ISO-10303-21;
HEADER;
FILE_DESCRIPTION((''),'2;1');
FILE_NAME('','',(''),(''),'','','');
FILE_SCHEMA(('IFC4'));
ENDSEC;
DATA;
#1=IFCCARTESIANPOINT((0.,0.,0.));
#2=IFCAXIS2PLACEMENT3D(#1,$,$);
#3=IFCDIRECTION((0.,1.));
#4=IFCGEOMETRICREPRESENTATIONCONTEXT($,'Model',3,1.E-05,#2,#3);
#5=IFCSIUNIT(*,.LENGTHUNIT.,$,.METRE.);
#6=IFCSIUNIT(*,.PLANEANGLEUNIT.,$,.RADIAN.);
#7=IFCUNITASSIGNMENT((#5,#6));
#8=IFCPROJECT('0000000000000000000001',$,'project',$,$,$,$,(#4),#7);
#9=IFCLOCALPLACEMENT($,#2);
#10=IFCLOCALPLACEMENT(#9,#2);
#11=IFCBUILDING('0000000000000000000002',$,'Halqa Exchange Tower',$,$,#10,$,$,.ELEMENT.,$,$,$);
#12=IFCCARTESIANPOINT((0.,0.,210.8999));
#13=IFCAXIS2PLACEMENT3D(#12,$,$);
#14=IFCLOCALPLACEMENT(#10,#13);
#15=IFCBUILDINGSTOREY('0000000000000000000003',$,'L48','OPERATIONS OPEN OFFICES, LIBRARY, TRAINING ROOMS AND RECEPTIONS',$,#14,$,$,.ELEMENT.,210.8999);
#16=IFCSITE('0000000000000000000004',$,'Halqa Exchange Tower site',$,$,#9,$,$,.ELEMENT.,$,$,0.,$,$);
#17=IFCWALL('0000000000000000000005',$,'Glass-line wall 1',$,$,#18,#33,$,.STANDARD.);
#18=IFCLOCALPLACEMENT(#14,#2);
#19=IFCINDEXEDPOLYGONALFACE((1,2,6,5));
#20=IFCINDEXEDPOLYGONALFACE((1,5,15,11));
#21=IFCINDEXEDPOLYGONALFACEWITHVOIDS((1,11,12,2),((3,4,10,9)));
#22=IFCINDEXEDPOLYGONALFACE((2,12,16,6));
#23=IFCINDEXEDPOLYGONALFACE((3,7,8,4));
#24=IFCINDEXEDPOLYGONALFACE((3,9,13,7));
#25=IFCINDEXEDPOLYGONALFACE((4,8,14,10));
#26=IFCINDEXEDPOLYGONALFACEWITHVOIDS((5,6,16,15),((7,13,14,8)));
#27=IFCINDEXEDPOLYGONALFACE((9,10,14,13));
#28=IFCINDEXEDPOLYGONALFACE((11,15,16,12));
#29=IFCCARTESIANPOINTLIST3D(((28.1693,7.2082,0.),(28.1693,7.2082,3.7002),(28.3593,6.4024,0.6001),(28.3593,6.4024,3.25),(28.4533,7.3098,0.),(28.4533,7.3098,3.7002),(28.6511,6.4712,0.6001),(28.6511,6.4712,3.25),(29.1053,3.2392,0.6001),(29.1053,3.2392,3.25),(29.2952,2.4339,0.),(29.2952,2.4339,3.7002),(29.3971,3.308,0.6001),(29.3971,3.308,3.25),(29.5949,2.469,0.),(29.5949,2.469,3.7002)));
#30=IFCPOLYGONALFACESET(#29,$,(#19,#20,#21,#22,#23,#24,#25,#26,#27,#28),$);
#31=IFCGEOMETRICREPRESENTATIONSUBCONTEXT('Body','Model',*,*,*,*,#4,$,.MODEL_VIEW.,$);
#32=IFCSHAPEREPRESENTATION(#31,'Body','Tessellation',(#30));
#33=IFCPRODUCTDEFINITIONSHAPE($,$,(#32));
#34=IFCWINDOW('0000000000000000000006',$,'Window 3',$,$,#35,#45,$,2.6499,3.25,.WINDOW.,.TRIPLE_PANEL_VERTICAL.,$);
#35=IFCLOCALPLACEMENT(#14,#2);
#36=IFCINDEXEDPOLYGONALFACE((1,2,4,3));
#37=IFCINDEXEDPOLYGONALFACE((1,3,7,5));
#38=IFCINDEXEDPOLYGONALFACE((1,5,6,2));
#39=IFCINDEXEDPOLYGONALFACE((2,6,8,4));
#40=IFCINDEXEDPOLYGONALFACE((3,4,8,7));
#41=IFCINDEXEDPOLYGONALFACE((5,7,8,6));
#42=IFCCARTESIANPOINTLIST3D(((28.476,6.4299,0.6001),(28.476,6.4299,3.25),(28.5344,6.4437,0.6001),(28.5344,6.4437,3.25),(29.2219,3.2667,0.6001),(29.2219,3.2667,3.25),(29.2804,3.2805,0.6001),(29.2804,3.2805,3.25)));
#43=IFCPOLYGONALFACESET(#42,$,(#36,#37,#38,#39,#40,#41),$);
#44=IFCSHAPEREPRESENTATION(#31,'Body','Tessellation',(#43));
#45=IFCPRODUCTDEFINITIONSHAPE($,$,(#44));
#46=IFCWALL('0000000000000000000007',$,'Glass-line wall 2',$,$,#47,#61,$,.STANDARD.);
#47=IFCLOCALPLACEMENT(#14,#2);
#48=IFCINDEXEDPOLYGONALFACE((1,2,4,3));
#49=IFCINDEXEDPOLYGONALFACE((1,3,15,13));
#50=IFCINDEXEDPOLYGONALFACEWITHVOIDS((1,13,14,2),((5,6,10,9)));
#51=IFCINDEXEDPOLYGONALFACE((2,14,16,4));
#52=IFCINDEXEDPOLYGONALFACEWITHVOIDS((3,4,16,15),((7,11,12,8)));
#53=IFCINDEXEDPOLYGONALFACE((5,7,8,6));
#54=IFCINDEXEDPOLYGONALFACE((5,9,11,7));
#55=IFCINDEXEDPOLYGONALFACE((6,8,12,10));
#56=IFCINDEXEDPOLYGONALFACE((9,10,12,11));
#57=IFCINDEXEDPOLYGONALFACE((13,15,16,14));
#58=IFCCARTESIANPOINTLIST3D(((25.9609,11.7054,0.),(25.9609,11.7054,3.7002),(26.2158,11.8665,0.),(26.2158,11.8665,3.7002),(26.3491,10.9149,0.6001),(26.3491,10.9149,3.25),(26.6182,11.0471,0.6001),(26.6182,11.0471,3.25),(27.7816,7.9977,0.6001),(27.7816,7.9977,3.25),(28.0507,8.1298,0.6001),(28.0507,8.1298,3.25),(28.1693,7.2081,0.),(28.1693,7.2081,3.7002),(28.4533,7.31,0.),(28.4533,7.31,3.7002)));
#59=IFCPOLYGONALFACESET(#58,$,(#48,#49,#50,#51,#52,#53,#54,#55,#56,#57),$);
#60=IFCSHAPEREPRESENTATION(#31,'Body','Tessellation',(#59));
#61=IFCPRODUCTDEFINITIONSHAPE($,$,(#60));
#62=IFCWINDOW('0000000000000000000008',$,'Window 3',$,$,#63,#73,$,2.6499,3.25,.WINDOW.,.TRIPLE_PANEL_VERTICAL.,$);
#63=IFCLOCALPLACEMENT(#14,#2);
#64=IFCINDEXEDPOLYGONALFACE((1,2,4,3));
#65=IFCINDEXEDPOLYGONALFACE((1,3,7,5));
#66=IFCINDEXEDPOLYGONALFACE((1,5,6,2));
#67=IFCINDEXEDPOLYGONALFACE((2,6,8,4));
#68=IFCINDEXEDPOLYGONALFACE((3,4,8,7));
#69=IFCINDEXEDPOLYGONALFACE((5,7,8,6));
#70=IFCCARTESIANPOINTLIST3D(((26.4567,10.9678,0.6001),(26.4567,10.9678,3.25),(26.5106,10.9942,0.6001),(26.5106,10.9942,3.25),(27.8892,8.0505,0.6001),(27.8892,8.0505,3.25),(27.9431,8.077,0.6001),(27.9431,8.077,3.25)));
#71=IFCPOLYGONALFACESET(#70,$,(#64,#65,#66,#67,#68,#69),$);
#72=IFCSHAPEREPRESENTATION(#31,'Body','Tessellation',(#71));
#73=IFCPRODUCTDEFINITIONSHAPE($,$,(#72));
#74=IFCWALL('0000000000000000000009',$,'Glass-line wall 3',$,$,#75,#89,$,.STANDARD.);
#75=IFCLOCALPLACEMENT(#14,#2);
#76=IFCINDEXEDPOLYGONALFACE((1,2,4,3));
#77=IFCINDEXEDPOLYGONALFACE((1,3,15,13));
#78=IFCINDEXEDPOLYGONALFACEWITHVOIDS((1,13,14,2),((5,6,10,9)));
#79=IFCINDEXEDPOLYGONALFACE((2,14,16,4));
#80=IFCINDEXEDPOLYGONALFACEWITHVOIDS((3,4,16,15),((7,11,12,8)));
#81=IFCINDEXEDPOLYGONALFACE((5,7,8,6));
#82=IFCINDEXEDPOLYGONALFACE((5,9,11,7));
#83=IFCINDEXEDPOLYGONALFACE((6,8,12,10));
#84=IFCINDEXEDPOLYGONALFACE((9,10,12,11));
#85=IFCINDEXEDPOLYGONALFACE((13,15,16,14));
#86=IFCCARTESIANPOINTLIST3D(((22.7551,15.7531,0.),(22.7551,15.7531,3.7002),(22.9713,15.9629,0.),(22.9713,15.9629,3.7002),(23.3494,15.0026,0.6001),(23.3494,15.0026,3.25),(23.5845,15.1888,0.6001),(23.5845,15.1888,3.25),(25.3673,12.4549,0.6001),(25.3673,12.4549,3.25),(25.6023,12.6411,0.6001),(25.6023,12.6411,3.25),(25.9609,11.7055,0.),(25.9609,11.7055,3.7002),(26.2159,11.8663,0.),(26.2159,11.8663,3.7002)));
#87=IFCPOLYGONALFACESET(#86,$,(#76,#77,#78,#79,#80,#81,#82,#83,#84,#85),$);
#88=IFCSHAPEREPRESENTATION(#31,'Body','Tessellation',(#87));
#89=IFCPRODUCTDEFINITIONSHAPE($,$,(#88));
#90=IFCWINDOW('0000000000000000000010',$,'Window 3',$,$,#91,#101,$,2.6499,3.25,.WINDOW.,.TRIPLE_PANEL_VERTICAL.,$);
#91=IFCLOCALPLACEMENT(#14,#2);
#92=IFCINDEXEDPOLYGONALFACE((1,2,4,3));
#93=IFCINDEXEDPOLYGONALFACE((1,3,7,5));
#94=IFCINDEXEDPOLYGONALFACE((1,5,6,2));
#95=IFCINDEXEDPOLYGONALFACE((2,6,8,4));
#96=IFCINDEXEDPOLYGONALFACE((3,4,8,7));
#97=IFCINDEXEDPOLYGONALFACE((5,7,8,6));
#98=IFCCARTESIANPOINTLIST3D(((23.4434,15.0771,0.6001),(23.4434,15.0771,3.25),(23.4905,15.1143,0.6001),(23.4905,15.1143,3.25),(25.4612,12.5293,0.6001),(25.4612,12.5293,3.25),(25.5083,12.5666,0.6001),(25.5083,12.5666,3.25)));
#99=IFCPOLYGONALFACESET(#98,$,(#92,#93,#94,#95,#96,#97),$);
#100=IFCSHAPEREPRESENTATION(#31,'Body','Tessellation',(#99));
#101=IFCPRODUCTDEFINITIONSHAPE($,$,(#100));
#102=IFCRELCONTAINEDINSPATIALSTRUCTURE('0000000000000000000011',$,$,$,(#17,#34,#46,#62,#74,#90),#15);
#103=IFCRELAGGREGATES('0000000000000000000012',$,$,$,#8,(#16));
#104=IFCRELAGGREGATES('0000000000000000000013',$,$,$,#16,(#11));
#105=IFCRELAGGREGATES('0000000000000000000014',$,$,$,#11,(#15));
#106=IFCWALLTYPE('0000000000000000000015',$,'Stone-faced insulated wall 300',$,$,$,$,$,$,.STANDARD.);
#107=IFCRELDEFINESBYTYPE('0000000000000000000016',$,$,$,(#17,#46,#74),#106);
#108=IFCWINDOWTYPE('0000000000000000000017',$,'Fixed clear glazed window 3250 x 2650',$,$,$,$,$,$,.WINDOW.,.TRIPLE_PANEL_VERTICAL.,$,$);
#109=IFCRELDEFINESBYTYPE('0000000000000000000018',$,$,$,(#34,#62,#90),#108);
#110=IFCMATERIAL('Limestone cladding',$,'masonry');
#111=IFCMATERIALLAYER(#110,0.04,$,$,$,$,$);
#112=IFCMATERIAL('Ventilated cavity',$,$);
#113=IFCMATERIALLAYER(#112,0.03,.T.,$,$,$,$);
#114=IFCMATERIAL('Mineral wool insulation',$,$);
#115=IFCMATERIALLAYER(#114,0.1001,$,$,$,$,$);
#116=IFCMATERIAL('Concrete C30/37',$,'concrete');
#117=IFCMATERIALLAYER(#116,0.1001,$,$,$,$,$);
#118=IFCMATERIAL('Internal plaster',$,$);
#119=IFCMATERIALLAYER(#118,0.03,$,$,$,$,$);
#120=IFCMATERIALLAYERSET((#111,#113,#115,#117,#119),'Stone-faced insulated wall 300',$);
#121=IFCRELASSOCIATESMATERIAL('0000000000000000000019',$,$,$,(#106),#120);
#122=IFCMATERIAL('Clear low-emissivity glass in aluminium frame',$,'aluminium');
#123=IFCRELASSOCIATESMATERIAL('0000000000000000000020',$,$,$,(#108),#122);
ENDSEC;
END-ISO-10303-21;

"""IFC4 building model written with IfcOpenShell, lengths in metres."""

from ifc_helpers import new_model, si_unit, direction, frame, frame_2d, origin, place, context, subcontext, project, spatial, polyline, rectangle, outline, extrude, material, layer, layer_set, type_object, element, fill, save


model = new_model("IFC4")

# Units and contexts
model_context = context("Model", 3, precision=1e-05, world=origin(), true_north=direction((0.0, 1.0)))
body_context = subcontext(model_context, "Body", "Model", "MODEL_VIEW")
ifc_project = project(units=[si_unit("LENGTHUNIT", "METRE"), si_unit("PLANEANGLEUNIT", "RADIAN")], contexts=[model_context])

# Site, building, storey
site_placement = place(None, origin())
site = spatial("IfcSite", under=ifc_project, at=site_placement, Name="Halqa Exchange Tower site", CompositionType="ELEMENT", RefElevation=0.0)
building_placement = place(site_placement, origin())
building = spatial("IfcBuilding", under=site, at=building_placement, Name="Halqa Exchange Tower", CompositionType="ELEMENT")
storey_placement = place(building_placement, frame((0.0, 0.0, 210.8999)))
storey = spatial("IfcBuildingStorey", under=building, at=storey_placement, Name="L48", Description="OPERATIONS OPEN OFFICES, LIBRARY, TRAINING ROOMS AND RECEPTIONS", CompositionType="ELEMENT", Elevation=210.8999)

# Walls, openings, windows
ifc_material_1 = material(Name="Limestone cladding", Category="masonry")
ifc_layer_1 = layer(ifc_material_1, 0.04)
ifc_material_2 = material(Name="Ventilated cavity")
ifc_layer_2 = layer(ifc_material_2, 0.03, ventilated=True)
ifc_material_3 = material(Name="Mineral wool insulation")
ifc_layer_3 = layer(ifc_material_3, 0.1001)
ifc_material_4 = material(Name="Concrete C30/37", Category="concrete")
ifc_layer_4 = layer(ifc_material_4, 0.1001)
ifc_material_5 = material(Name="Internal plaster")
ifc_layer_5 = layer(ifc_material_5, 0.03)
ifc_layer_set_1 = layer_set([ifc_layer_1, ifc_layer_2, ifc_layer_3, ifc_layer_4, ifc_layer_5], Name="Stone-faced insulated wall 300")
wall_type_1 = type_object("IfcWallType", Name="Stone-faced insulated wall 300", PredefinedType="STANDARD", material=ifc_layer_set_1)
wall_1_placement = place(storey_placement, frame((29.4451, 2.4514, 0.0), z_axis=(0.0, 0.0, 1.0), x_axis=(-0.229535, 0.9733, 0.0)))
wall_1 = element("IfcWall", 1, at=wall_1_placement, inside=storey, type_object=wall_type_1, Name="Glass-line wall 1", PredefinedType="STANDARD", context=body_context, shape_type="SweptSolid", body=[
    extrude(outline(polyline([(-0.0173, -0.1499), (4.9563, -0.1499), (4.9226, 0.1499), (0.0173, 0.1499), (-0.0173, -0.1499)])), origin(), (0.0, 0.0, 1.0), 3.7002),
])
opening_1_placement = place(wall_1_placement, frame((0.8447, 0.0, 0.6001)))
opening_1 = element("IfcOpeningElement", 2, at=opening_1_placement, cuts=wall_1, PredefinedType="OPENING", context=body_context, shape_type="SweptSolid", body=[
    extrude(rectangle(XDim=3.25, YDim=2.6499, at=frame_2d((1.625, 1.325))), frame((0.0, 0.1621, 0.0), z_axis=(0.0, -1.0, 0.0), x_axis=(1.0, 0.0, 0.0)), (0.0, 0.0, 1.0), 0.324),
])
ifc_material_6 = material(Name="Clear low-emissivity glass in aluminium frame", Category="aluminium")
window_type = type_object("IfcWindowType", Name="Fixed clear glazed window 3250 x 2650", PartitioningType="TRIPLE_PANEL_VERTICAL", PredefinedType="WINDOW", material=ifc_material_6)
window_1_placement = place(opening_1_placement, origin())
window_1 = element("IfcWindow", 3, at=window_1_placement, inside=storey, type_object=window_type, Name="Window 3", OverallHeight=2.6499, OverallWidth=3.25, PartitioningType="TRIPLE_PANEL_VERTICAL", PredefinedType="WINDOW", context=body_context, shape_type="SweptSolid", body=[
    extrude(rectangle(XDim=3.25, YDim=2.6499, at=frame_2d((1.625, 1.325))), frame((0.0, 0.03, 0.0), z_axis=(0.0, -1.0, 0.0), x_axis=(1.0, 0.0, 0.0)), (0.0, 0.0, 1.0), 0.0601),
])
fill(opening_1, window_1)
wall_2_placement = place(storey_placement, frame((28.3113, 7.259, 0.0), z_axis=(0.0, 0.0, 1.0), x_axis=(-0.440773, 0.897619, 0.0)))
wall_2 = element("IfcWall", 4, at=wall_2_placement, inside=storey, type_object=wall_type_1, Name="Glass-line wall 2", PredefinedType="STANDARD", context=body_context, shape_type="SweptSolid", body=[
    extrude(outline(polyline([(-0.0168, -0.1499), (5.0593, -0.1499), (5.0271, 0.1499), (0.0168, 0.1499), (-0.0168, -0.1499)])), origin(), (0.0, 0.0, 1.0), 3.7002),
])
opening_2_placement = place(wall_2_placement, frame((0.8965, 0.0, 0.6001)))
opening_2 = element("IfcOpeningElement", 5, at=opening_2_placement, cuts=wall_2, PredefinedType="OPENING", context=body_context, shape_type="SweptSolid", body=[
    extrude(rectangle(XDim=3.25, YDim=2.6499, at=frame_2d((1.625, 1.325))), frame((0.0, 0.1621, 0.0), z_axis=(0.0, -1.0, 0.0), x_axis=(1.0, 0.0, 0.0)), (0.0, 0.0, 1.0), 0.324),
])
window_2_placement = place(opening_2_placement, origin())
window_2 = element("IfcWindow", 6, at=window_2_placement, inside=storey, type_object=window_type, Name="Window 3", OverallHeight=2.6499, OverallWidth=3.25, PartitioningType="TRIPLE_PANEL_VERTICAL", PredefinedType="WINDOW", context=body_context, shape_type="SweptSolid", body=[
    extrude(rectangle(XDim=3.25, YDim=2.6499, at=frame_2d((1.625, 1.325))), frame((0.0, 0.03, 0.0), z_axis=(0.0, -1.0, 0.0), x_axis=(1.0, 0.0, 0.0)), (0.0, 0.0, 1.0), 0.0601),
])
fill(opening_2, window_2)
wall_3_placement = place(storey_placement, frame((26.0884, 11.7859, 0.0), z_axis=(0.0, 0.0, 1.0), x_axis=(-0.62087, 0.783913, 0.0)))
wall_3 = element("IfcWall", 7, at=wall_3_placement, inside=storey, type_object=wall_type_1, Name="Glass-line wall 3", PredefinedType="STANDARD", context=body_context, shape_type="SweptSolid", body=[
    extrude(outline(polyline([(-0.0161, -0.1499), (5.2097, -0.1499), (5.1794, 0.1499), (0.0161, 0.1499), (-0.0161, -0.1499)])), origin(), (0.0, 0.0, 1.0), 3.7002),
])
opening_3_placement = place(wall_3_placement, frame((0.9722, 0.0, 0.6001)))
opening_3 = element("IfcOpeningElement", 8, at=opening_3_placement, cuts=wall_3, PredefinedType="OPENING", context=body_context, shape_type="SweptSolid", body=[
    extrude(rectangle(XDim=3.25, YDim=2.6499, at=frame_2d((1.625, 1.325))), frame((0.0, 0.1621, 0.0), z_axis=(0.0, -1.0, 0.0), x_axis=(1.0, 0.0, 0.0)), (0.0, 0.0, 1.0), 0.324),
])
window_3_placement = place(opening_3_placement, origin())
window_3 = element("IfcWindow", 9, at=window_3_placement, inside=storey, type_object=window_type, Name="Window 3", OverallHeight=2.6499, OverallWidth=3.25, PartitioningType="TRIPLE_PANEL_VERTICAL", PredefinedType="WINDOW", context=body_context, shape_type="SweptSolid", body=[
    extrude(rectangle(XDim=3.25, YDim=2.6499, at=frame_2d((1.625, 1.325))), frame((0.0, 0.03, 0.0), z_axis=(0.0, -1.0, 0.0), x_axis=(1.0, 0.0, 0.0)), (0.0, 0.0, 1.0), 0.0601),
])
fill(opening_3, window_3)

save(model, "model.ifc")
